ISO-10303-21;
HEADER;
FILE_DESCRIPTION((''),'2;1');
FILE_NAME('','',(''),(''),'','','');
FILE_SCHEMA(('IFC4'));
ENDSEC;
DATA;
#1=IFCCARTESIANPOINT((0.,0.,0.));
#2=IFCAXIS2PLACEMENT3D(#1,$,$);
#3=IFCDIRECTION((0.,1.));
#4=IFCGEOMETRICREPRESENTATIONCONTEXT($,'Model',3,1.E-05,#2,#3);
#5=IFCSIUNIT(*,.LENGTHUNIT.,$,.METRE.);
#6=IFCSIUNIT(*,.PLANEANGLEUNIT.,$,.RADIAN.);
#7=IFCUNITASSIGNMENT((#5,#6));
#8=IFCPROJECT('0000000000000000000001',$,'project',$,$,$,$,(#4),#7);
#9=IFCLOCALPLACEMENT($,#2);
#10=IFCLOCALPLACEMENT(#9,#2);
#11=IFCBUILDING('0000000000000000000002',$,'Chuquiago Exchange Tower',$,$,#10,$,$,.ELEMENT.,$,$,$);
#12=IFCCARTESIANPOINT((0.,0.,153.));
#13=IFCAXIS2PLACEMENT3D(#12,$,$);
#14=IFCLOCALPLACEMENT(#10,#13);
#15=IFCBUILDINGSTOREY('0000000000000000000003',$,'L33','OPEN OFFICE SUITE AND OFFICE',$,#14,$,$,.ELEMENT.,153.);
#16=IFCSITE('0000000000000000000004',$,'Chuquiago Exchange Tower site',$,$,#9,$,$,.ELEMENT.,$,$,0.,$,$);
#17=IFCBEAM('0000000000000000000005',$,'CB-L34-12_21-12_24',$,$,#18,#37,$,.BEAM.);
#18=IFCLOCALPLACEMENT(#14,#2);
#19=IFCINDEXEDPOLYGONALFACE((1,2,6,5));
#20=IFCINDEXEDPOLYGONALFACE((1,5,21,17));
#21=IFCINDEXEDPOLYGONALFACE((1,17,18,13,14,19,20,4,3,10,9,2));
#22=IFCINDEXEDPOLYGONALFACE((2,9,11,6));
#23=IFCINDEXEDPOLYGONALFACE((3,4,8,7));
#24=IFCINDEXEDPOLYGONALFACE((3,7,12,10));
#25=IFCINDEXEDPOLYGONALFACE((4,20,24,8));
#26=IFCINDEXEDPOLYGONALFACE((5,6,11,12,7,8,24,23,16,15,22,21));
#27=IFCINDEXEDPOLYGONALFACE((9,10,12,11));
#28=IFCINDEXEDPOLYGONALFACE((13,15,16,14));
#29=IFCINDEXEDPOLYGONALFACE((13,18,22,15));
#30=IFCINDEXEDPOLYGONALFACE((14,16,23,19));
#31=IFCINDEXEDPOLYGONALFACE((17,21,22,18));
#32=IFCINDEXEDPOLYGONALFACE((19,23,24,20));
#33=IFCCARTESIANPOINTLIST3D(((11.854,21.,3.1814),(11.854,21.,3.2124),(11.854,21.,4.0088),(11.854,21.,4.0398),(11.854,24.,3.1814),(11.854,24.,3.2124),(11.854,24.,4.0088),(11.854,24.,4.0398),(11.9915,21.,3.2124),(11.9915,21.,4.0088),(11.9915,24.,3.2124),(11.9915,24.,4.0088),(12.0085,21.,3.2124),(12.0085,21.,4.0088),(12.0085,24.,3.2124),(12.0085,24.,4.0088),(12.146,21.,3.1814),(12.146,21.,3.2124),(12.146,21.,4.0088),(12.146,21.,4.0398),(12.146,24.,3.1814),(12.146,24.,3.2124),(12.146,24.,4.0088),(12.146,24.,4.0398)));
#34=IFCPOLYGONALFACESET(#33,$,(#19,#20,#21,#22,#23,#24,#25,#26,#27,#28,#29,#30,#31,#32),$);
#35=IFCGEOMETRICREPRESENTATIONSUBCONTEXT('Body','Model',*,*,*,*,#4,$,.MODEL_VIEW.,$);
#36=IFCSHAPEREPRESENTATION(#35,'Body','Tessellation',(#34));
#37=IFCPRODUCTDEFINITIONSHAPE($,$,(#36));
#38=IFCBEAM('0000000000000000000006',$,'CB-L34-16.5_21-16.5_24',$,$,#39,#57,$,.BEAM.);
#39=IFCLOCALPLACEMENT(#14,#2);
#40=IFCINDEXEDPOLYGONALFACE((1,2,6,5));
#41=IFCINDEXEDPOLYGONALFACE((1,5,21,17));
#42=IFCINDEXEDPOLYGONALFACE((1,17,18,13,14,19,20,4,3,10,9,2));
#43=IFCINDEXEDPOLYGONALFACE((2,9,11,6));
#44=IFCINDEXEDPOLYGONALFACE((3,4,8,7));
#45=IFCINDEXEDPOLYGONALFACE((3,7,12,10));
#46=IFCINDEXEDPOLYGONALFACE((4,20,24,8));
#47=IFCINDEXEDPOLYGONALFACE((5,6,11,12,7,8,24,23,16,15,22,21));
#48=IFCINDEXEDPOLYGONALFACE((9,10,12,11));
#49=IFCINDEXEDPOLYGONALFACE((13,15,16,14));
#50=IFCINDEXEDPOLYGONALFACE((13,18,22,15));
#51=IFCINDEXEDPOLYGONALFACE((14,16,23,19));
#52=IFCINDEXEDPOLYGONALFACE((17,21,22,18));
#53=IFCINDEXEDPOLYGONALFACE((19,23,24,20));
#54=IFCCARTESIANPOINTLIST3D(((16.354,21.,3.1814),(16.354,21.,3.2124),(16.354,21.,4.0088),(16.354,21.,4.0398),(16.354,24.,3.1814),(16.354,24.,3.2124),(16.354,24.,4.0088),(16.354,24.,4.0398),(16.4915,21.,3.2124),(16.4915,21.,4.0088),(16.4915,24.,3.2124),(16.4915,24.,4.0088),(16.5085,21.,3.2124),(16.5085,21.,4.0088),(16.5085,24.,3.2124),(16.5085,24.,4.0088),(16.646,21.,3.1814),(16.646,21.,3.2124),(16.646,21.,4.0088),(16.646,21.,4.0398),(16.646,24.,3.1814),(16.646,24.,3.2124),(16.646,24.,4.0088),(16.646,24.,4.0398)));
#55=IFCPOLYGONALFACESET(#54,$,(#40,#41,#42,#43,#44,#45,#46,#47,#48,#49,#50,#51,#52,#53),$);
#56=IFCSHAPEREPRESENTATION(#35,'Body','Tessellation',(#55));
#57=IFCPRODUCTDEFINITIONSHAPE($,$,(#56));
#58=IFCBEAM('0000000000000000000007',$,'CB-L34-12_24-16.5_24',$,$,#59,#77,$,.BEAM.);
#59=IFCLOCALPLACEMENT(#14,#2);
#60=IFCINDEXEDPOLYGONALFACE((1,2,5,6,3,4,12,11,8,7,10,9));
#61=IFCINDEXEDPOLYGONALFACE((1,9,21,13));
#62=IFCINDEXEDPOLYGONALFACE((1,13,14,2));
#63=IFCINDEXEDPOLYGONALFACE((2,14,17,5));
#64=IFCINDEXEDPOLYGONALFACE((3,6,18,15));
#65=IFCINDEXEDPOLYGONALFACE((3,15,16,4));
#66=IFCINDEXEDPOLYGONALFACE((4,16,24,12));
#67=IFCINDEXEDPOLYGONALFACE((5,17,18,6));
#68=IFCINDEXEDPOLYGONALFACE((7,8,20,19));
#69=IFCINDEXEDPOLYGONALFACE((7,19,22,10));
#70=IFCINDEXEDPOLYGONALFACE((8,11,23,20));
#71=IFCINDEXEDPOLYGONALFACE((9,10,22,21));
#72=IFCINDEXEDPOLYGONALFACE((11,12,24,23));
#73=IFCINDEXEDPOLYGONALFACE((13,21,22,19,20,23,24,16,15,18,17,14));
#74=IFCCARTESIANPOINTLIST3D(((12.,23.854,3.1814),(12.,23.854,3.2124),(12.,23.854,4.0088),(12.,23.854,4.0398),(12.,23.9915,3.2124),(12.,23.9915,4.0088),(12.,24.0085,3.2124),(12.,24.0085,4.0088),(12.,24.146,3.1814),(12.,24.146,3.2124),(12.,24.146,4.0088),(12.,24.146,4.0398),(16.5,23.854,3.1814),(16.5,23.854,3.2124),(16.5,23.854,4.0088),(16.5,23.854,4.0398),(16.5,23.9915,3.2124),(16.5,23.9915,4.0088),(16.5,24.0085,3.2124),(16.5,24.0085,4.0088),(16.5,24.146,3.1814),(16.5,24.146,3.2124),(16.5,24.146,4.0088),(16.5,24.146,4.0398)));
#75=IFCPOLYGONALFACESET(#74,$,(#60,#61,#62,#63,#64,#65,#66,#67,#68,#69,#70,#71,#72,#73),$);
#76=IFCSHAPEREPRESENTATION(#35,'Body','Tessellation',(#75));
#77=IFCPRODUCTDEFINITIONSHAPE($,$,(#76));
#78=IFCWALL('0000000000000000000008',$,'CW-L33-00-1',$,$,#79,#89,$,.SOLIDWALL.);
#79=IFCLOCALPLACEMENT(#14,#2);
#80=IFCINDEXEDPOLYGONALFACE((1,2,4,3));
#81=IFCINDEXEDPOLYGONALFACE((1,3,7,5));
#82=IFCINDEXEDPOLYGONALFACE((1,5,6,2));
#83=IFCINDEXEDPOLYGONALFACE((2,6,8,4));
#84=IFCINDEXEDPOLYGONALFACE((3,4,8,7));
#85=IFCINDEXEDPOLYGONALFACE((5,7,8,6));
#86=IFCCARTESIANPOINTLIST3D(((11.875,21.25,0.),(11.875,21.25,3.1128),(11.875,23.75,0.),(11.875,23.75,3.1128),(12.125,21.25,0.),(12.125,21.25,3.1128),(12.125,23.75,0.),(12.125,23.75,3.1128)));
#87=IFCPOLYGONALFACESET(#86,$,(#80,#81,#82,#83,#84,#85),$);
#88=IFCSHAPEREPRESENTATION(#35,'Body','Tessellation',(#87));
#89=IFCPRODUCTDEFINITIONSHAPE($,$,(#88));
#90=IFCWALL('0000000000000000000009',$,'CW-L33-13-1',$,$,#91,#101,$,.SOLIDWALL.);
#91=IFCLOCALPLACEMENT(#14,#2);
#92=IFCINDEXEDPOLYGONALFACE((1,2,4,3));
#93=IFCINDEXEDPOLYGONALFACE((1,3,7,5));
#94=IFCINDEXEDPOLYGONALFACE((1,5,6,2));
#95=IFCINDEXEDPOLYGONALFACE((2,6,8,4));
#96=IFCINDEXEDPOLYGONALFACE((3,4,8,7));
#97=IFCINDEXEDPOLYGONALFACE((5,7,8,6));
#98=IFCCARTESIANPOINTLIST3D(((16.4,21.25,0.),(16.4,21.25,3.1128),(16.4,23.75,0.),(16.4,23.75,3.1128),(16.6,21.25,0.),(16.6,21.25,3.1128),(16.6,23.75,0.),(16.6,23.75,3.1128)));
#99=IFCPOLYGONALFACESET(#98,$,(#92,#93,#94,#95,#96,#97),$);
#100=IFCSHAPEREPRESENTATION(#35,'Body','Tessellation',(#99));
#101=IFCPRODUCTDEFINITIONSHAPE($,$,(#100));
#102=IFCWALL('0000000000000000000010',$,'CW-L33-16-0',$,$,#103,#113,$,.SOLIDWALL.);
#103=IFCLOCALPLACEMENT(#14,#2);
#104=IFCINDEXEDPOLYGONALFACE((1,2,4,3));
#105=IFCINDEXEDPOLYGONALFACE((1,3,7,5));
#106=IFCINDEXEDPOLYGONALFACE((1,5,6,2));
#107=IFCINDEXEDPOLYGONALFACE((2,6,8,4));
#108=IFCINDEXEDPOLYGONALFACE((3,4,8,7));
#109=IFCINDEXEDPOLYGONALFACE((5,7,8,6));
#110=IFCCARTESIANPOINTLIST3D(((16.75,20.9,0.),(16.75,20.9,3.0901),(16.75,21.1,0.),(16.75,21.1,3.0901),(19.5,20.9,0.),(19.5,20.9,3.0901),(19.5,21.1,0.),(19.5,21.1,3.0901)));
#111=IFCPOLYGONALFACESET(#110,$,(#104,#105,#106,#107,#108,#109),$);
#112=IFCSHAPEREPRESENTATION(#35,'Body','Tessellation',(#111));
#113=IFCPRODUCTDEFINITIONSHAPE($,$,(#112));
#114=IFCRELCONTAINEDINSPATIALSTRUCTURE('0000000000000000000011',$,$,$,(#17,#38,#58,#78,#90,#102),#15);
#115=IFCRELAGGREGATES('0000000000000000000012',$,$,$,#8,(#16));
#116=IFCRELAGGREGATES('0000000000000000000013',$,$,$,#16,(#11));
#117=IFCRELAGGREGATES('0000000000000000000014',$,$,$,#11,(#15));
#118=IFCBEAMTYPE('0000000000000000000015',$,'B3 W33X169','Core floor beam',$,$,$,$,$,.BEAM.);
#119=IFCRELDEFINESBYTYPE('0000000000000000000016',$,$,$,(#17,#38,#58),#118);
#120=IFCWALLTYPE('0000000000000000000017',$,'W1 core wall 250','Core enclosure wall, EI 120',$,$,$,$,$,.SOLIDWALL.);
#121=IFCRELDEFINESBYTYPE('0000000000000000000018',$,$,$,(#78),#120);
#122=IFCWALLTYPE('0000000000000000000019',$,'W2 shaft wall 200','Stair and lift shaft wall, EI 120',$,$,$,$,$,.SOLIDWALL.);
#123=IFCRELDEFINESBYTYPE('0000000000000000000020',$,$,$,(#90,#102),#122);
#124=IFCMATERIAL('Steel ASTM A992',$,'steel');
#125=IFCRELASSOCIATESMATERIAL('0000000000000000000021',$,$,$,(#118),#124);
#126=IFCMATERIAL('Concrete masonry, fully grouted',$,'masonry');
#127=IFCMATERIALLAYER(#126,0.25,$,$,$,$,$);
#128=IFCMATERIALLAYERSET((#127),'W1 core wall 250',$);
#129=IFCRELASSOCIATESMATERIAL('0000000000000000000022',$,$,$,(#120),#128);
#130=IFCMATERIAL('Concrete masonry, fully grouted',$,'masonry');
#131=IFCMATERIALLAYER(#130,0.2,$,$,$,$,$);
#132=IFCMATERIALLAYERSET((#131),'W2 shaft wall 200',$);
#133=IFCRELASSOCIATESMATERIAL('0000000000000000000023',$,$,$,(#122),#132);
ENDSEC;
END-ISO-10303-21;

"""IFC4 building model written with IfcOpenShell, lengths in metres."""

from ifc_helpers import new_model, si_unit, direction, frame, frame_2d, origin, origin_2d, place, context, subcontext, project, spatial, rectangle, i_section, extrude, material, layer, layer_set, material_profile, profile_set, type_object, element, save


model = new_model("IFC4")

# Units and contexts
model_context = context("Model", 3, precision=1e-05, world=origin(), true_north=direction((0.0, 1.0)))
body_context = subcontext(model_context, "Body", "Model", "MODEL_VIEW")
ifc_project = project(units=[si_unit("LENGTHUNIT", "METRE"), si_unit("PLANEANGLEUNIT", "RADIAN")], contexts=[model_context])

# Site, building, storey
site_placement = place(None, origin())
site = spatial("IfcSite", under=ifc_project, at=site_placement, Name="Chuquiago Exchange Tower site", CompositionType="ELEMENT", RefElevation=0.0)
building_placement = place(site_placement, origin())
building = spatial("IfcBuilding", under=site, at=building_placement, Name="Chuquiago Exchange Tower", CompositionType="ELEMENT")
storey_placement = place(building_placement, frame((0.0, 0.0, 153.0)))
storey = spatial("IfcBuildingStorey", under=building, at=storey_placement, Name="L33", Description="OPEN OFFICE SUITE AND OFFICE", CompositionType="ELEMENT", Elevation=153.0)

# Beams
ifc_material_1 = material(Name="Steel ASTM A992", Category="steel")
ifc_material_profile_1 = material_profile(ifc_material_1, i_section(OverallWidth=0.292, OverallDepth=0.8584, WebThickness=0.0171, FlangeThickness=0.031, at=origin_2d()), Name="W33X169")
ifc_profile_set_1 = profile_set([ifc_material_profile_1], Name="Steel ASTM A992")
beam_type_1 = type_object("IfcBeamType", Name="B3 W33X169", Description="Core floor beam", PredefinedType="BEAM", material=ifc_profile_set_1)
for number, where, z_axis, x_axis, name in (
    (1, (12.0, 21.0, 3.6106), (0.0, 1.0, 0.0), (-1.0, 0.0, 0.0), "CB-L34-12_21-12_24"),
    (2, (16.5, 21.0, 3.6106), (0.0, 1.0, 0.0), (-1.0, 0.0, 0.0), "CB-L34-16.5_21-16.5_24"),
):
    element("IfcBeam", number, at=place(storey_placement, frame(where, z_axis=z_axis, x_axis=x_axis)), inside=storey, type_object=beam_type_1, Name=name, PredefinedType="BEAM", context=body_context, shape_type="SweptSolid", body=[
        extrude(i_section(OverallWidth=0.292, OverallDepth=0.8584, WebThickness=0.0171, FlangeThickness=0.031, at=origin_2d()), origin(), (0.0, 0.0, 1.0), 3.0),
    ])
beam_1_placement = place(storey_placement, frame((12.0, 24.0, 3.6106), z_axis=(1.0, 0.0, 0.0), x_axis=(0.0, 1.0, 0.0)))
element("IfcBeam", 3, at=beam_1_placement, inside=storey, type_object=beam_type_1, Name="CB-L34-12_24-16.5_24", PredefinedType="BEAM", context=body_context, shape_type="SweptSolid", body=[
    extrude(i_section(OverallWidth=0.292, OverallDepth=0.8584, WebThickness=0.0171, FlangeThickness=0.031, at=origin_2d()), origin(), (0.0, 0.0, 1.0), 4.5),
])

# Walls
ifc_material_2 = material(Name="Concrete masonry, fully grouted", Category="masonry")
ifc_layer_1 = layer(ifc_material_2, 0.25)
ifc_layer_set_1 = layer_set([ifc_layer_1], Name="W1 core wall 250")
wall_type_1 = type_object("IfcWallType", Name="W1 core wall 250", Description="Core enclosure wall, EI 120", PredefinedType="SOLIDWALL", material=ifc_layer_set_1)
wall_1_placement = place(storey_placement, frame((12.0, 21.25, 0.0), z_axis=(0.0, 0.0, 1.0), x_axis=(0.0, 1.0, 0.0)))
element("IfcWall", 4, at=wall_1_placement, inside=storey, type_object=wall_type_1, Name="CW-L33-00-1", PredefinedType="SOLIDWALL", context=body_context, shape_type="SweptSolid", body=[
    extrude(rectangle(XDim=2.5, YDim=0.25, at=frame_2d((1.25, 0.0))), origin(), (0.0, 0.0, 1.0), 3.1128),
])
ifc_material_3 = material(Name="Concrete masonry, fully grouted", Category="masonry")
ifc_layer_2 = layer(ifc_material_3, 0.2)
ifc_layer_set_2 = layer_set([ifc_layer_2], Name="W2 shaft wall 200")
wall_type_2 = type_object("IfcWallType", Name="W2 shaft wall 200", Description="Stair and lift shaft wall, EI 120", PredefinedType="SOLIDWALL", material=ifc_layer_set_2)
wall_2_placement = place(storey_placement, frame((16.5, 21.25, 0.0), z_axis=(0.0, 0.0, 1.0), x_axis=(0.0, 1.0, 0.0)))
element("IfcWall", 5, at=wall_2_placement, inside=storey, type_object=wall_type_2, Name="CW-L33-13-1", PredefinedType="SOLIDWALL", context=body_context, shape_type="SweptSolid", body=[
    extrude(rectangle(XDim=2.5, YDim=0.2, at=frame_2d((1.25, 0.0))), origin(), (0.0, 0.0, 1.0), 3.1128),
])
wall_3_placement = place(storey_placement, frame((16.75, 21.0, 0.0), z_axis=(0.0, 0.0, 1.0), x_axis=(1.0, 0.0, 0.0)))
element("IfcWall", 6, at=wall_3_placement, inside=storey, type_object=wall_type_2, Name="CW-L33-16-0", PredefinedType="SOLIDWALL", context=body_context, shape_type="SweptSolid", body=[
    extrude(rectangle(XDim=2.75, YDim=0.2, at=frame_2d((1.375, 0.0))), origin(), (0.0, 0.0, 1.0), 3.0901),
])

save(model, "model.ifc")
